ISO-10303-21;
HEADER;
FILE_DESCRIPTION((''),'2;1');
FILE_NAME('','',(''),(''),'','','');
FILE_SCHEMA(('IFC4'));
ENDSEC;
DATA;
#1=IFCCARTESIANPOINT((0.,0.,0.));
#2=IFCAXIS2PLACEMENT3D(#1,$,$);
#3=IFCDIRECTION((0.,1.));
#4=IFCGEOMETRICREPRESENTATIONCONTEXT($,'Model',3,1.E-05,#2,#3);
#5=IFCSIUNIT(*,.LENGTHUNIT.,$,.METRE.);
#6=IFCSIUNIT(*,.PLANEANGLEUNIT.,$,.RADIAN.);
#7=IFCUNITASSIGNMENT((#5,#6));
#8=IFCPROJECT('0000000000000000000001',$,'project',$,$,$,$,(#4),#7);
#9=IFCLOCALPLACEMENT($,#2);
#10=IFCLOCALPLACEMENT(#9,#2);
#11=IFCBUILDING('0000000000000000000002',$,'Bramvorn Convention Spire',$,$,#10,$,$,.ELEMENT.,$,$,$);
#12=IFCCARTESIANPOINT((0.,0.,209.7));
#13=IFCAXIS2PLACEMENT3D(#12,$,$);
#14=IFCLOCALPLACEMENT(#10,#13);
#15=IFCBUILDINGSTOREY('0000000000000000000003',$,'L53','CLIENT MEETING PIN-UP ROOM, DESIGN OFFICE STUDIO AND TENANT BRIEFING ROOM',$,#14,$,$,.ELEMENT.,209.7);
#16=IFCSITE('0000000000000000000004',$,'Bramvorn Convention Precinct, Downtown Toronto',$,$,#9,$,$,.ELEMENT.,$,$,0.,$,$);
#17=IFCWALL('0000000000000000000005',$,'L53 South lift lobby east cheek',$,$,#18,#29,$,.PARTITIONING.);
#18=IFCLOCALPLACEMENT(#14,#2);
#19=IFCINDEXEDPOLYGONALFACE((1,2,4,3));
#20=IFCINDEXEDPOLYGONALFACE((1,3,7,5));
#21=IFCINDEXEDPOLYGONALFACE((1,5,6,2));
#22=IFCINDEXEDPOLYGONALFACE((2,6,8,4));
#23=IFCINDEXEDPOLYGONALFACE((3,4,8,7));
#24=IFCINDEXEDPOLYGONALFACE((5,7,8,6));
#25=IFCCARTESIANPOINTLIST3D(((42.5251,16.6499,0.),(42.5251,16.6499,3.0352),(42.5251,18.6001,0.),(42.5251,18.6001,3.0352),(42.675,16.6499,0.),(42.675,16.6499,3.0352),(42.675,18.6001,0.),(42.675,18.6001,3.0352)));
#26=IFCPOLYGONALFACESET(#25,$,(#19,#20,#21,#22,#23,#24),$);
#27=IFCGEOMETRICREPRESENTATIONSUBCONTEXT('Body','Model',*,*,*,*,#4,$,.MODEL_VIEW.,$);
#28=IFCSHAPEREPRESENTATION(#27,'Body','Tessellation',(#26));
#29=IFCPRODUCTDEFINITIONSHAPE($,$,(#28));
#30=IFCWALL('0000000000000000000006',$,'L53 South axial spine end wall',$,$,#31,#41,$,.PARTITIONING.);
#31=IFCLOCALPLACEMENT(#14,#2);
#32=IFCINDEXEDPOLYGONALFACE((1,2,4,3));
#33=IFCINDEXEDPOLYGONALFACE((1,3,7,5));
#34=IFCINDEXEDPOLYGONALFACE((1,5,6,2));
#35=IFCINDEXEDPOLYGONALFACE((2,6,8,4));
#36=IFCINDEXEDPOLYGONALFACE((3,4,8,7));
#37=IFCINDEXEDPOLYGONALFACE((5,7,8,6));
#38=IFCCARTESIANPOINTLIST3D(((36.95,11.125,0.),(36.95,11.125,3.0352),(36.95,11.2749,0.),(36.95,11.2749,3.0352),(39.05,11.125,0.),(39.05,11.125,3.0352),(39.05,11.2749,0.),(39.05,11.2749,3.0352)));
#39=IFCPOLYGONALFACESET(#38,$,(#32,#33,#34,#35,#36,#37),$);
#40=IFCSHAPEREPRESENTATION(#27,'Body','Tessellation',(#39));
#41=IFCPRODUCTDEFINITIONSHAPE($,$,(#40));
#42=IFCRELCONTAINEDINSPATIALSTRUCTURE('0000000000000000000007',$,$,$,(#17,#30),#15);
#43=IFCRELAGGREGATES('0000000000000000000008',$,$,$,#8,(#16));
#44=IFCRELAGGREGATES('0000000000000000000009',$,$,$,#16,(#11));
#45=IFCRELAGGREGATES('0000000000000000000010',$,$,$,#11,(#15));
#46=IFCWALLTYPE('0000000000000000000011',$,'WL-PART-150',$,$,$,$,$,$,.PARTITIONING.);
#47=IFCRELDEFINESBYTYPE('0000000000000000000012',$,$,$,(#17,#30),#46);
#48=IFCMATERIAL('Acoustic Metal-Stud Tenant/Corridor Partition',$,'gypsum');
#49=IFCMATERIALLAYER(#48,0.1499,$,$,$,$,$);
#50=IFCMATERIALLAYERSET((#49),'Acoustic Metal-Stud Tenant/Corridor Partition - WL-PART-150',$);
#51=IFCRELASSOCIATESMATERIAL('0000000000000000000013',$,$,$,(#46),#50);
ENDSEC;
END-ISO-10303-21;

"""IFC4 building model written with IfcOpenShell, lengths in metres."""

from ifc_helpers import new_model, si_unit, direction, frame, frame_2d, origin, place, context, subcontext, project, spatial, rectangle, extrude, material, layer, layer_set, type_object, element, save


model = new_model("IFC4")

# Units and contexts
model_context = context("Model", 3, precision=1e-05, world=origin(), true_north=direction((0.0, 1.0)))
body_context = subcontext(model_context, "Body", "Model", "MODEL_VIEW")
ifc_project = project(units=[si_unit("LENGTHUNIT", "METRE"), si_unit("PLANEANGLEUNIT", "RADIAN")], contexts=[model_context])

# Site, building, storey
site_placement = place(None, origin())
site = spatial("IfcSite", under=ifc_project, at=site_placement, Name="Bramvorn Convention Precinct, Downtown Toronto", CompositionType="ELEMENT", RefElevation=0.0)
building_placement = place(site_placement, origin())
building = spatial("IfcBuilding", under=site, at=building_placement, Name="Bramvorn Convention Spire", CompositionType="ELEMENT")
storey_placement = place(building_placement, frame((0.0, 0.0, 209.7)))
storey = spatial("IfcBuildingStorey", under=building, at=storey_placement, Name="L53", Description="CLIENT MEETING PIN-UP ROOM, DESIGN OFFICE STUDIO AND TENANT BRIEFING ROOM", CompositionType="ELEMENT", Elevation=209.7)

# Shared definitions
ifc_material_1 = material(Name="Acoustic Metal-Stud Tenant/Corridor Partition", Category="gypsum")
ifc_layer_1 = layer(ifc_material_1, 0.1499)
ifc_layer_set_1 = layer_set([ifc_layer_1], Name="Acoustic Metal-Stud Tenant/Corridor Partition - WL-PART-150")
wall_type_1 = type_object("IfcWallType", Name="WL-PART-150", PredefinedType="PARTITIONING", material=ifc_layer_set_1)

# Walls
wall_1_placement = place(storey_placement, frame((42.6001, 16.6499, 0.0), z_axis=(0.0, 0.0, 1.0), x_axis=(0.0, 1.0, 0.0)))
element("IfcWall", 1, at=wall_1_placement, inside=storey, type_object=wall_type_1, Name="L53 South lift lobby east cheek", PredefinedType="PARTITIONING", context=body_context, shape_type="SweptSolid", body=[
    extrude(rectangle(XDim=1.9502, YDim=0.1499, at=frame_2d((0.9751, 0.0))), origin(), (0.0, 0.0, 1.0), 3.0352),
])
wall_2_placement = place(storey_placement, frame((36.95, 11.2, 0.0), z_axis=(0.0, 0.0, 1.0), x_axis=(1.0, 0.0, 0.0)))
element("IfcWall", 2, at=wall_2_placement, inside=storey, type_object=wall_type_1, Name="L53 South axial spine end wall", PredefinedType="PARTITIONING", context=body_context, shape_type="SweptSolid", body=[
    extrude(rectangle(XDim=2.1001, YDim=0.1499, at=frame_2d((1.05, 0.0))), origin(), (0.0, 0.0, 1.0), 3.0352),
])

save(model, "model.ifc")
